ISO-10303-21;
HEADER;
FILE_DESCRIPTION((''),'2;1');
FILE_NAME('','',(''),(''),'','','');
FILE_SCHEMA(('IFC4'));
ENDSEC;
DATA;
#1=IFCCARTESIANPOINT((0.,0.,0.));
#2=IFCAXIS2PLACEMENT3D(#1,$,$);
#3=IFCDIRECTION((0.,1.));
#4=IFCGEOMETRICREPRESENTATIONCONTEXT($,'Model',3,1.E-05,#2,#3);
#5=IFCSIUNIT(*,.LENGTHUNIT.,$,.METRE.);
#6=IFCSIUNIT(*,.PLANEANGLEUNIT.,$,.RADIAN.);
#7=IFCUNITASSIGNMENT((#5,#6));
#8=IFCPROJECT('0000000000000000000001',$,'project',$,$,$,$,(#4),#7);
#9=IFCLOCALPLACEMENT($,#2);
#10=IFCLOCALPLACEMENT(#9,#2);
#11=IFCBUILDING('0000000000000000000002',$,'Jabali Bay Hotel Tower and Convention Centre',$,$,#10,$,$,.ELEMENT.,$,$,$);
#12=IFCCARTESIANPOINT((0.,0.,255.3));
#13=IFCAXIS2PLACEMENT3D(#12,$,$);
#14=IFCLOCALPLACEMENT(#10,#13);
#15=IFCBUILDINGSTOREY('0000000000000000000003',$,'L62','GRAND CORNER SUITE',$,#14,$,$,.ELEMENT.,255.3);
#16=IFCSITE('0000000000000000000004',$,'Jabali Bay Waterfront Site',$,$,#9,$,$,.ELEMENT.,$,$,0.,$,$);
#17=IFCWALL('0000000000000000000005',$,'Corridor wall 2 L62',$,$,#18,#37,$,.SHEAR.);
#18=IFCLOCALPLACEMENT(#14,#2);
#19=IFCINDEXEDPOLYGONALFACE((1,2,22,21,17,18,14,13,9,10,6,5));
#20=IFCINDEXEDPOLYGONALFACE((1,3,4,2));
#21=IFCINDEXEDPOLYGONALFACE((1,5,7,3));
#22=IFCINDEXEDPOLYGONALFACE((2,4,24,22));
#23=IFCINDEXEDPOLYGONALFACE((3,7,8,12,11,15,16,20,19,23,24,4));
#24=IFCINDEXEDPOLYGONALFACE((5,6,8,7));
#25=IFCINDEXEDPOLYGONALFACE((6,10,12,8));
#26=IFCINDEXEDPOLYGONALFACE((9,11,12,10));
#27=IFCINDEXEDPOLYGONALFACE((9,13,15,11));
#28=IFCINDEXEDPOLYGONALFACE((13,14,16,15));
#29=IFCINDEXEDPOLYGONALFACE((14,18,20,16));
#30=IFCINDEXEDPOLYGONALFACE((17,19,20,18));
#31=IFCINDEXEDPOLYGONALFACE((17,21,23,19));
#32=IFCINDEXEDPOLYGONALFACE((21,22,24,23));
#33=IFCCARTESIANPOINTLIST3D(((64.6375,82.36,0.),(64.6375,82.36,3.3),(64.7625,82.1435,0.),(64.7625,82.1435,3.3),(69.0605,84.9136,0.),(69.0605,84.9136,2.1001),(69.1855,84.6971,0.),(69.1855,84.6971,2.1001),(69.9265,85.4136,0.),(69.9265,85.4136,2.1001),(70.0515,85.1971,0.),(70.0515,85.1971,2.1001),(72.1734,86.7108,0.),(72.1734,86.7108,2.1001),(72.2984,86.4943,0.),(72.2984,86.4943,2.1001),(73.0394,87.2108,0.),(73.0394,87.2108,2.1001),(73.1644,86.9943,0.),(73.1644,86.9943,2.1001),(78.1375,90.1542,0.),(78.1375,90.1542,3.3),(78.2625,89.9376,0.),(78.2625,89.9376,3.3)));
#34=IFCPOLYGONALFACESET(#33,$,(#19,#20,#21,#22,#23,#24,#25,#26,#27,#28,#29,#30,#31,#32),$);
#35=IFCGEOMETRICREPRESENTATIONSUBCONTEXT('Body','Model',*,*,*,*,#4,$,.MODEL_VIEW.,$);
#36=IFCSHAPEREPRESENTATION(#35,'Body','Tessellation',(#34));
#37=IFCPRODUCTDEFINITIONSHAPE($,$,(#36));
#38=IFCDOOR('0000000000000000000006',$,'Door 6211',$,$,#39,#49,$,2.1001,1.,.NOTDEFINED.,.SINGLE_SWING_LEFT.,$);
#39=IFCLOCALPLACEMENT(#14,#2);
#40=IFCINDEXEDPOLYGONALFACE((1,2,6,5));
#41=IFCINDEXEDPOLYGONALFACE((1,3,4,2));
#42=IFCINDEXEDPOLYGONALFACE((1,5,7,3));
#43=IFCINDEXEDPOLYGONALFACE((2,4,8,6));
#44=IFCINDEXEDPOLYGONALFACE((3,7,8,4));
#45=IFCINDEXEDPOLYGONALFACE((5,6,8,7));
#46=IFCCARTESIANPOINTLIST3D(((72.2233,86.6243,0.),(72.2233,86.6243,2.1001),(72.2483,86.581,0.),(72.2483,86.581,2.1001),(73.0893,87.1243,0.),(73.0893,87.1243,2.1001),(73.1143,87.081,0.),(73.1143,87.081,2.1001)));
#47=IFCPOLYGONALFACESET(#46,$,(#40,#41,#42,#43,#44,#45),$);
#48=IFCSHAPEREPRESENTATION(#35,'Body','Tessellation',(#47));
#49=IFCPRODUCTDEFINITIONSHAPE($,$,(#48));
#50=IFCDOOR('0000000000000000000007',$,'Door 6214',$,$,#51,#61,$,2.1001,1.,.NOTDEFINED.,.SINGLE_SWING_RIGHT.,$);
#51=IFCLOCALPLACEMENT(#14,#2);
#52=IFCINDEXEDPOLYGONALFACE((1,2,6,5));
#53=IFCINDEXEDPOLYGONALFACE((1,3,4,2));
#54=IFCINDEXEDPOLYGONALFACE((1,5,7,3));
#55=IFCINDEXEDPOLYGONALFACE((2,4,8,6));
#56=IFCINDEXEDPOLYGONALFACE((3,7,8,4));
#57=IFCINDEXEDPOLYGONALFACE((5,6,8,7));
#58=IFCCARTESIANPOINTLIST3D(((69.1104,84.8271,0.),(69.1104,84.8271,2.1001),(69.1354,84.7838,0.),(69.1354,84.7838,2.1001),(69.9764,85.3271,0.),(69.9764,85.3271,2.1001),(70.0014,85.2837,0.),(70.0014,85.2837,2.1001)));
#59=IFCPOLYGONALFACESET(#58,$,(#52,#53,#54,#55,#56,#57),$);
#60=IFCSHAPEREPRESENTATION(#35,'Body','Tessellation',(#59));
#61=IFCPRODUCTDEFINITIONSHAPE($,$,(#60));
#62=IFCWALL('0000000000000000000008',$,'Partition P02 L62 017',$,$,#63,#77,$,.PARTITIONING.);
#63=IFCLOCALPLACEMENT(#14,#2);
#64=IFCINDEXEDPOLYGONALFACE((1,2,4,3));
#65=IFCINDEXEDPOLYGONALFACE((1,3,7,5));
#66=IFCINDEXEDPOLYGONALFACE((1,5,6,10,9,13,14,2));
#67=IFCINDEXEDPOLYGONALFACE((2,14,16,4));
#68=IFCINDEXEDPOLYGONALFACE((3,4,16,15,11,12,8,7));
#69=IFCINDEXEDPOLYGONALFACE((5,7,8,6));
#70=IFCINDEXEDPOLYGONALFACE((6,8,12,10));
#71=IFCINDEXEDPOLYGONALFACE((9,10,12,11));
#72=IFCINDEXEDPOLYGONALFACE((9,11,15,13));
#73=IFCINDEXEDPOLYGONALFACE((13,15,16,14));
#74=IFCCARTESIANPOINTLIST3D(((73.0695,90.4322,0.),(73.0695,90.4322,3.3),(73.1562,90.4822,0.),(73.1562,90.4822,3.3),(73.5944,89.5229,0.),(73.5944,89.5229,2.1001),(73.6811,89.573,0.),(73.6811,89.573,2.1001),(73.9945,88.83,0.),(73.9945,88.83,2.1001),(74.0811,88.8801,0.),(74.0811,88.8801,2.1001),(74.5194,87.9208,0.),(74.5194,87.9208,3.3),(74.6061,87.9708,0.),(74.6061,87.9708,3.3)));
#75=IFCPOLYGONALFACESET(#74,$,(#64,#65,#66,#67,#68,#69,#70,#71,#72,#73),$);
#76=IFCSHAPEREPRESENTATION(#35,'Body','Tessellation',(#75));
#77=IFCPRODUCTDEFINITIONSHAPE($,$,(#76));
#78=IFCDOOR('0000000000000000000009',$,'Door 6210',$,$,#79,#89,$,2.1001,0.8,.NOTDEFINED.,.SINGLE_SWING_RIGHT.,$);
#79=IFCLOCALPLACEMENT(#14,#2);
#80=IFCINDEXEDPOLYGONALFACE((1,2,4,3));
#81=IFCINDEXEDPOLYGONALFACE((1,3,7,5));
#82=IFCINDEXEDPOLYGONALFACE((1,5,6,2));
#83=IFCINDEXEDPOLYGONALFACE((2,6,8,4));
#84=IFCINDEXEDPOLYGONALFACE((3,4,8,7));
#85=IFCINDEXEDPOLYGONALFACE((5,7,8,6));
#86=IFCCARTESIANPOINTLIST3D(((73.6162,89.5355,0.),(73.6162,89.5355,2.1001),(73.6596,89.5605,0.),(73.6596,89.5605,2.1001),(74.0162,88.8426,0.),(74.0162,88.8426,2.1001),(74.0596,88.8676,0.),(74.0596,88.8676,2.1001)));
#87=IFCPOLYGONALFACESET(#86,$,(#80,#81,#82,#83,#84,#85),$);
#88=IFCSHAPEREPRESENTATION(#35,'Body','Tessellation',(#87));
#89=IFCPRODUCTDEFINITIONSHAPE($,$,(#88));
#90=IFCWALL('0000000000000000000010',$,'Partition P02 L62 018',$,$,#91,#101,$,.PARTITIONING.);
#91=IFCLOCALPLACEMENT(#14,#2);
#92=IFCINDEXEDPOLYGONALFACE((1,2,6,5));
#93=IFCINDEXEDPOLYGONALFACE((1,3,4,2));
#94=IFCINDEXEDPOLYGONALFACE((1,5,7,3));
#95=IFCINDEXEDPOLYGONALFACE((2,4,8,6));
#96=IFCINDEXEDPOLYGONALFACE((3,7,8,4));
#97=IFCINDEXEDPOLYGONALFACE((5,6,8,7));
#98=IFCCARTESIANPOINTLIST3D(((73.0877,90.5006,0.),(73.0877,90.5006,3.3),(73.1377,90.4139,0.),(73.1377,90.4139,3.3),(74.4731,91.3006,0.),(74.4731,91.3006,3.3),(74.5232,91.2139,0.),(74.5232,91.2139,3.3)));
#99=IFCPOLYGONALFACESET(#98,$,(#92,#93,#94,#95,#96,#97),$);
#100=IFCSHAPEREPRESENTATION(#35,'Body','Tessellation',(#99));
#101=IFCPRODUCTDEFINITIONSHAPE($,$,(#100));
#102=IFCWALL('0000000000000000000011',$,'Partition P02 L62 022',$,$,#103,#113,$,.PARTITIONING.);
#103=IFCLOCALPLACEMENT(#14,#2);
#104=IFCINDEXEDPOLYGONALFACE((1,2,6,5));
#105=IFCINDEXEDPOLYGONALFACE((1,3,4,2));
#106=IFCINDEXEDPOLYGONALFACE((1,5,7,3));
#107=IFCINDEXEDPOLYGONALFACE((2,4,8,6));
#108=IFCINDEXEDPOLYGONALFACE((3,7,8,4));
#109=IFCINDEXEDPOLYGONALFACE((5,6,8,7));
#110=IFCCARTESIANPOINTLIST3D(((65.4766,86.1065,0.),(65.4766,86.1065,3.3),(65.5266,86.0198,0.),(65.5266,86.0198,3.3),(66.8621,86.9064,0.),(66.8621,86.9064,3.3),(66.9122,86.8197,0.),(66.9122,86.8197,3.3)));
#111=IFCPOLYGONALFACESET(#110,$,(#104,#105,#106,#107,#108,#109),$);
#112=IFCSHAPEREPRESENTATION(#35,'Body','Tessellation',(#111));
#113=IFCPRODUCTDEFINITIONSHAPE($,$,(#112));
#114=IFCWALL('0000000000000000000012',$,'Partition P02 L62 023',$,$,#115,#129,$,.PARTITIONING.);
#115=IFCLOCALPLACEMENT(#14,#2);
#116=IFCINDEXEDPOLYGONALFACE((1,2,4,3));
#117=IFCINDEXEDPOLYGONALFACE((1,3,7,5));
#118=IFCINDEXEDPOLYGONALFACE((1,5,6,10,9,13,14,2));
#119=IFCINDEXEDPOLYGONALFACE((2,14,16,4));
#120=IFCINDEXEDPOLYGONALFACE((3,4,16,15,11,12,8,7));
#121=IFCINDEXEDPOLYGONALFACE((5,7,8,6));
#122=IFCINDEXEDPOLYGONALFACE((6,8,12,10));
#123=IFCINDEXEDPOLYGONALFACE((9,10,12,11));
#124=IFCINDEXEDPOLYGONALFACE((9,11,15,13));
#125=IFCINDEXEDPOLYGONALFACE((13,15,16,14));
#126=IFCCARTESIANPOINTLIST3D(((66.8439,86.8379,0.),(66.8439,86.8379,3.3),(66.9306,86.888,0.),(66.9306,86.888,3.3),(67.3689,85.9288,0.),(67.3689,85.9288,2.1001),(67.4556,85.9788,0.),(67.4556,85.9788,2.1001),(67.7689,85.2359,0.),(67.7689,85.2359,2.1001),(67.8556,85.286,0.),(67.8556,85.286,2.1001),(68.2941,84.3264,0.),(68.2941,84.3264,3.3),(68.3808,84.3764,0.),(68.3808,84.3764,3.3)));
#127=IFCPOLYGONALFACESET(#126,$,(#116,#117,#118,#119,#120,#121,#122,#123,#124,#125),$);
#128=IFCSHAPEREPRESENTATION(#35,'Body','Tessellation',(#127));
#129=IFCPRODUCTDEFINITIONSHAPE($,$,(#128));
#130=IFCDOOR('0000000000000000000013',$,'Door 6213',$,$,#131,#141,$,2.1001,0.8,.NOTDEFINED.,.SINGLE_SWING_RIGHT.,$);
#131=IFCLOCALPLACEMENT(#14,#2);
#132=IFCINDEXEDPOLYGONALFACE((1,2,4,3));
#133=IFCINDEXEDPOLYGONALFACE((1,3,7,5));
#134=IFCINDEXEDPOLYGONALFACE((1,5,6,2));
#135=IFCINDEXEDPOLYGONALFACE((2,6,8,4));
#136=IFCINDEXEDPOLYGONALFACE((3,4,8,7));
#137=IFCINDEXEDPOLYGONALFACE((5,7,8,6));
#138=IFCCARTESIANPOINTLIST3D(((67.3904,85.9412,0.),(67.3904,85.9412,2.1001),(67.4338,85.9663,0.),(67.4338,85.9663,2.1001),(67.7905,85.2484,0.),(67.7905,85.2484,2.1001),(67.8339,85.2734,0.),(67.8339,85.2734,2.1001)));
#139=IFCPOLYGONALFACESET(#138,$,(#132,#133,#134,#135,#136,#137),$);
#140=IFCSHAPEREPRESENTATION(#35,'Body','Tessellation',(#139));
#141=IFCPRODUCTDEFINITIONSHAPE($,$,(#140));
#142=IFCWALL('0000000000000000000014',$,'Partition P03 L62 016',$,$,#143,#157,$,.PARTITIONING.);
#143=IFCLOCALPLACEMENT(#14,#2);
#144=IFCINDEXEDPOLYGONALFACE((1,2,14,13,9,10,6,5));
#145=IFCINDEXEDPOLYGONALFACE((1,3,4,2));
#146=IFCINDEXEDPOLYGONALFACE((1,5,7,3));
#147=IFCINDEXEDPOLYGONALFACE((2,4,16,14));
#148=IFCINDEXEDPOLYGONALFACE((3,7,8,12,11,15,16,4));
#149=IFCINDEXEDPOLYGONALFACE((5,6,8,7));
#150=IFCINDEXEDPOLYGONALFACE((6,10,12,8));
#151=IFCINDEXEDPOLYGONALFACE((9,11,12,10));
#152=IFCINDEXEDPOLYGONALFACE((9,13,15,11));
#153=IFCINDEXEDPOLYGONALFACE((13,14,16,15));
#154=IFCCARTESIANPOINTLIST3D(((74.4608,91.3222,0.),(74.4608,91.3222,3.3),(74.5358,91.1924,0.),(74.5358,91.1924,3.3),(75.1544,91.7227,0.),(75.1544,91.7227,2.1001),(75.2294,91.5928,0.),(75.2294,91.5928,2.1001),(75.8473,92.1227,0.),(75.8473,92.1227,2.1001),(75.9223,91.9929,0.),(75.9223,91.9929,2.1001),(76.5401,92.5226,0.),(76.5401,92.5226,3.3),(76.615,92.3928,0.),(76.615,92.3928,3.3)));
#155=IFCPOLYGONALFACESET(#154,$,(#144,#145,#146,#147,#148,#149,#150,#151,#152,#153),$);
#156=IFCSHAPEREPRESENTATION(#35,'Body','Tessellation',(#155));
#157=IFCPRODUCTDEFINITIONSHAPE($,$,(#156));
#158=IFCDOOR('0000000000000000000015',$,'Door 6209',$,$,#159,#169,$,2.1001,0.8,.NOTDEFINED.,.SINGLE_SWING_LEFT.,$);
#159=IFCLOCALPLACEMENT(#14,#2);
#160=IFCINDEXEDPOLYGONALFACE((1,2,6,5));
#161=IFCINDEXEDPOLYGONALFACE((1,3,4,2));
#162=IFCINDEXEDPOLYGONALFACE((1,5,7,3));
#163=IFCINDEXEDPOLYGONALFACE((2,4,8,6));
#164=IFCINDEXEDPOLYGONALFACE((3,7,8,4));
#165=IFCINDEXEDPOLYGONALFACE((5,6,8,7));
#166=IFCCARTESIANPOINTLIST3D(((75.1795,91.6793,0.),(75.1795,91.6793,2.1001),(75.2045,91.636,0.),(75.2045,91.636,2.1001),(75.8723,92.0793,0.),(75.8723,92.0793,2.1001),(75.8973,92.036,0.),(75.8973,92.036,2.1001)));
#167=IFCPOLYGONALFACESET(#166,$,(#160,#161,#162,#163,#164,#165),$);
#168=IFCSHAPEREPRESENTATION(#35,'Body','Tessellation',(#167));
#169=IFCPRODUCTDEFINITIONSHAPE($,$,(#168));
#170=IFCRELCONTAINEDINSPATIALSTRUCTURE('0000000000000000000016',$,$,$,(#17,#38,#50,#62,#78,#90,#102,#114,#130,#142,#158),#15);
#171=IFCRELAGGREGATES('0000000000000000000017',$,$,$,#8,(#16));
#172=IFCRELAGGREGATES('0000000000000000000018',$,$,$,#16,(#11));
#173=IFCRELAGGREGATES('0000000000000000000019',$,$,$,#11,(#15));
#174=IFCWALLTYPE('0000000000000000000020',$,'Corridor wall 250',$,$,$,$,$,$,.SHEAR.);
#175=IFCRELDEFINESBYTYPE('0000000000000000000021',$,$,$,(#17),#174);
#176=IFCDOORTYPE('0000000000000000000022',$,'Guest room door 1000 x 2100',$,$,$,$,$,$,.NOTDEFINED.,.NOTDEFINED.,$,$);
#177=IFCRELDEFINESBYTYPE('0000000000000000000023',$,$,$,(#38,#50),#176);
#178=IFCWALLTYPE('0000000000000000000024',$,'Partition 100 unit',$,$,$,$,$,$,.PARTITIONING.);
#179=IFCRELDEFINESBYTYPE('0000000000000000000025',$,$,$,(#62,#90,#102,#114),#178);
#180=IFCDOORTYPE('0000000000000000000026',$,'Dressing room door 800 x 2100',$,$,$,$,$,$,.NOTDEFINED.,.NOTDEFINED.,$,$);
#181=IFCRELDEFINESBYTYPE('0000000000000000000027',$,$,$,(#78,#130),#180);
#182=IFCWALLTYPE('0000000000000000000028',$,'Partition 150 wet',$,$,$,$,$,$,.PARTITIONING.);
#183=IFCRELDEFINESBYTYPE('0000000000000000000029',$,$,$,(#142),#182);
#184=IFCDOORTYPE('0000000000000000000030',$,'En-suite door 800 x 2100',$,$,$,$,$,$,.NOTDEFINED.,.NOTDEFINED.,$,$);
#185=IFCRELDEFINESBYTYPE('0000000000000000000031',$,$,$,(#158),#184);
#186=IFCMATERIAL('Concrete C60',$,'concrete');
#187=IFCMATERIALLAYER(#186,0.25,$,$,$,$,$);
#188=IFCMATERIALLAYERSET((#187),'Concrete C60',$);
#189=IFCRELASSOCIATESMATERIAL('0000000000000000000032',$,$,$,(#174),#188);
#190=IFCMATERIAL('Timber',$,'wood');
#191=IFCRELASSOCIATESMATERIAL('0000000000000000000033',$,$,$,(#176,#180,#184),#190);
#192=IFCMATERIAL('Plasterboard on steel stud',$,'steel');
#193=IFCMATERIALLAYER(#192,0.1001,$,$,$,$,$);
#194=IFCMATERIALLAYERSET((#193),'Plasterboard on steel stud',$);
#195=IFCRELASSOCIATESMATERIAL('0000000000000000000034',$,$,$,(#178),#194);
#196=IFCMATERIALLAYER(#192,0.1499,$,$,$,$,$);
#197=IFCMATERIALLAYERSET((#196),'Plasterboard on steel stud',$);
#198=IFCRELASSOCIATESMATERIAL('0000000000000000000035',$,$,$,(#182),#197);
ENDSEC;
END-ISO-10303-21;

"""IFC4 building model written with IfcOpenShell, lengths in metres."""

from ifc_helpers import new_model, si_unit, direction, frame, frame_2d, origin, place, context, subcontext, project, spatial, rectangle, extrude, material, layer, layer_set, type_object, element, fill, save


model = new_model("IFC4")

# Units and contexts
model_context = context("Model", 3, precision=1e-05, world=origin(), true_north=direction((0.0, 1.0)))
body_context = subcontext(model_context, "Body", "Model", "MODEL_VIEW")
ifc_project = project(units=[si_unit("LENGTHUNIT", "METRE"), si_unit("PLANEANGLEUNIT", "RADIAN")], contexts=[model_context])

# Site, building, storey
site_placement = place(None, origin())
site = spatial("IfcSite", under=ifc_project, at=site_placement, Name="Jabali Bay Waterfront Site", CompositionType="ELEMENT", RefElevation=0.0)
building_placement = place(site_placement, origin())
building = spatial("IfcBuilding", under=site, at=building_placement, Name="Jabali Bay Hotel Tower and Convention Centre", CompositionType="ELEMENT")
storey_placement = place(building_placement, frame((0.0, 0.0, 255.3)))
storey = spatial("IfcBuildingStorey", under=building, at=storey_placement, Name="L62", Description="GRAND CORNER SUITE", CompositionType="ELEMENT", Elevation=255.3)

# Shared definitions
ifc_material_1 = material(Name="Concrete C60", Category="concrete")

# Wall, openings, doors
ifc_layer_1 = layer(ifc_material_1, 0.25)
ifc_layer_set_1 = layer_set([ifc_layer_1], Name="Concrete C60")
wall_type_1 = type_object("IfcWallType", Name="Corridor wall 250", PredefinedType="SHEAR", material=ifc_layer_set_1)
wall_1_placement = place(storey_placement, frame((78.2, 90.0459, 0.0), z_axis=(0.0, 0.0, 1.0), x_axis=(-0.866026, -0.499998, 0.0)))
wall_1 = element("IfcWall", 1, at=wall_1_placement, inside=storey, type_object=wall_type_1, Name="Corridor wall 2 L62", PredefinedType="SHEAR", context=body_context, shape_type="SweptSolid", body=[
    extrude(rectangle(XDim=15.5884, YDim=0.25, at=frame_2d((7.7942, 0.0))), origin(), (0.0, 0.0, 1.0), 3.3),
])
opening_1_placement = place(wall_1_placement, frame((5.8867, 0.0, 0.0)))
opening_1 = element("IfcOpeningElement", 2, at=opening_1_placement, cuts=wall_1, PredefinedType="OPENING", context=body_context, shape_type="SweptSolid", body=[
    extrude(rectangle(XDim=1.0, YDim=2.1001, at=frame_2d((0.5, 1.05))), frame((0.0, 0.1355, 0.0), z_axis=(0.0, -1.0, 0.0), x_axis=(1.0, 0.0, 0.0)), (0.0, 0.0, 1.0), 0.271),
])
opening_2_placement = place(wall_1_placement, frame((9.4812, 0.0, 0.0)))
opening_2 = element("IfcOpeningElement", 3, at=opening_2_placement, cuts=wall_1, PredefinedType="OPENING", context=body_context, shape_type="SweptSolid", body=[
    extrude(rectangle(XDim=1.0, YDim=2.1001, at=frame_2d((0.5, 1.05))), frame((0.0, 0.1355, 0.0), z_axis=(0.0, -1.0, 0.0), x_axis=(1.0, 0.0, 0.0)), (0.0, 0.0, 1.0), 0.271),
])
ifc_material_2 = material(Name="Timber", Category="wood")
door_type_1 = type_object("IfcDoorType", Name="Guest room door 1000 x 2100", OperationType="NOTDEFINED", PredefinedType="NOTDEFINED", material=ifc_material_2)
door_1_placement = place(opening_1_placement, origin())
door_1 = element("IfcDoor", 4, at=door_1_placement, inside=storey, type_object=door_type_1, Name="Door 6211", OperationType="SINGLE_SWING_LEFT", OverallHeight=2.1001, OverallWidth=1.0, PredefinedType="NOTDEFINED", context=body_context, shape_type="SweptSolid", body=[
    extrude(rectangle(XDim=1.0, YDim=2.1001, at=frame_2d((0.5, 1.05))), frame((0.0, 0.0249, 0.0), z_axis=(0.0, -1.0, 0.0), x_axis=(1.0, 0.0, 0.0)), (0.0, 0.0, 1.0), 0.05),
])
fill(opening_1, door_1)
door_2_placement = place(opening_2_placement, origin())
door_2 = element("IfcDoor", 5, at=door_2_placement, inside=storey, type_object=door_type_1, Name="Door 6214", OperationType="SINGLE_SWING_RIGHT", OverallHeight=2.1001, OverallWidth=1.0, PredefinedType="NOTDEFINED", context=body_context, shape_type="SweptSolid", body=[
    extrude(rectangle(XDim=1.0, YDim=2.1001, at=frame_2d((0.5, 1.05))), frame((0.0, 0.0249, 0.0), z_axis=(0.0, -1.0, 0.0), x_axis=(1.0, 0.0, 0.0)), (0.0, 0.0, 1.0), 0.05),
])
fill(opening_2, door_2)

# Wall, opening, door
ifc_material_3 = material(Name="Plasterboard on steel stud", Category="steel")
ifc_layer_2 = layer(ifc_material_3, 0.1001)
ifc_layer_set_2 = layer_set([ifc_layer_2], Name="Plasterboard on steel stud")
wall_type_2 = type_object("IfcWallType", Name="Partition 100 unit", PredefinedType="PARTITIONING", material=ifc_layer_set_2)
wall_2_placement = place(storey_placement, frame((74.5627, 87.9458, 0.0), z_axis=(0.0, 0.0, 1.0), x_axis=(-0.499987, 0.866033, 0.0)))
wall_2 = element("IfcWall", 6, at=wall_2_placement, inside=storey, type_object=wall_type_2, Name="Partition P02 L62 017", PredefinedType="PARTITIONING", context=body_context, shape_type="SweptSolid", body=[
    extrude(rectangle(XDim=2.8999, YDim=0.1001, at=frame_2d((1.45, 0.0))), origin(), (0.0, 0.0, 1.0), 3.3),
])
opening_3_placement = place(wall_2_placement, frame((1.05, 0.0, 0.0)))
opening_3 = element("IfcOpeningElement", 7, at=opening_3_placement, cuts=wall_2, PredefinedType="OPENING", context=body_context, shape_type="SweptSolid", body=[
    extrude(rectangle(XDim=0.8, YDim=2.1001, at=frame_2d((0.3999, 1.05))), frame((0.0, 0.0605, 0.0), z_axis=(0.0, -1.0, 0.0), x_axis=(1.0, 0.0, 0.0)), (0.0, 0.0, 1.0), 0.1211),
])
door_type_2 = type_object("IfcDoorType", Name="Dressing room door 800 x 2100", OperationType="NOTDEFINED", PredefinedType="NOTDEFINED", material=ifc_material_2)
door_3_placement = place(opening_3_placement, origin())
door_3 = element("IfcDoor", 8, at=door_3_placement, inside=storey, type_object=door_type_2, Name="Door 6210", OperationType="SINGLE_SWING_RIGHT", OverallHeight=2.1001, OverallWidth=0.8, PredefinedType="NOTDEFINED", context=body_context, shape_type="SweptSolid", body=[
    extrude(rectangle(XDim=0.8, YDim=2.1001, at=frame_2d((0.3999, 1.05))), frame((0.0, 0.0249, 0.0), z_axis=(0.0, -1.0, 0.0), x_axis=(1.0, 0.0, 0.0)), (0.0, 0.0, 1.0), 0.05),
])
fill(opening_3, door_3)

# Walls
for number, where, z_axis, x_axis, name in (
    (9, (73.1128, 90.4573, 0.0), (0.0, 0.0, 1.0), (0.86599, 0.500061, 0.0), "Partition P02 L62 018"),
    (10, (65.5017, 86.0632, 0.0), (0.0, 0.0, 1.0), (0.866056, 0.499947, 0.0), "Partition P02 L62 022"),
):
    element("IfcWall", number, at=place(storey_placement, frame(where, z_axis=z_axis, x_axis=x_axis)), inside=storey, type_object=wall_type_2, Name=name, PredefinedType="PARTITIONING", context=body_context, shape_type="SweptSolid", body=[
        extrude(rectangle(XDim=1.5999, YDim=0.1001, at=frame_2d((0.7998, 0.0))), origin(), (0.0, 0.0, 1.0), 3.3),
    ])

# Walls, openings, doors
wall_3_placement = place(storey_placement, frame((66.8872, 86.863, 0.0), z_axis=(0.0, 0.0, 1.0), x_axis=(0.50005, -0.865996, 0.0)))
wall_3 = element("IfcWall", 11, at=wall_3_placement, inside=storey, type_object=wall_type_2, Name="Partition P02 L62 023", PredefinedType="PARTITIONING", context=body_context, shape_type="SweptSolid", body=[
    extrude(rectangle(XDim=2.9001, YDim=0.1001, at=frame_2d((1.4502, 0.0))), origin(), (0.0, 0.0, 1.0), 3.3),
])
opening_4_placement = place(wall_3_placement, frame((1.05, 0.0, 0.0)))
opening_4 = element("IfcOpeningElement", 12, at=opening_4_placement, cuts=wall_3, PredefinedType="OPENING", context=body_context, shape_type="SweptSolid", body=[
    extrude(rectangle(XDim=0.8, YDim=2.1001, at=frame_2d((0.3999, 1.05))), frame((0.0, 0.0605, 0.0), z_axis=(0.0, -1.0, 0.0), x_axis=(1.0, 0.0, 0.0)), (0.0, 0.0, 1.0), 0.1211),
])
door_4_placement = place(opening_4_placement, origin())
door_4 = element("IfcDoor", 13, at=door_4_placement, inside=storey, type_object=door_type_2, Name="Door 6213", OperationType="SINGLE_SWING_RIGHT", OverallHeight=2.1001, OverallWidth=0.8, PredefinedType="NOTDEFINED", context=body_context, shape_type="SweptSolid", body=[
    extrude(rectangle(XDim=0.8, YDim=2.1001, at=frame_2d((0.3999, 1.05))), frame((0.0, 0.0249, 0.0), z_axis=(0.0, -1.0, 0.0), x_axis=(1.0, 0.0, 0.0)), (0.0, 0.0, 1.0), 0.05),
])
fill(opening_4, door_4)
ifc_layer_3 = layer(ifc_material_3, 0.1499)
ifc_layer_set_3 = layer_set([ifc_layer_3], Name="Plasterboard on steel stud")
wall_type_3 = type_object("IfcWallType", Name="Partition 150 wet", PredefinedType="PARTITIONING", material=ifc_layer_set_3)
wall_4_placement = place(storey_placement, frame((74.4983, 91.2573, 0.0), z_axis=(0.0, 0.0, 1.0), x_axis=(0.866038, 0.499978, 0.0)))
wall_4 = element("IfcWall", 14, at=wall_4_placement, inside=storey, type_object=wall_type_3, Name="Partition P03 L62 016", PredefinedType="PARTITIONING", context=body_context, shape_type="SweptSolid", body=[
    extrude(rectangle(XDim=2.4009, YDim=0.1499, at=frame_2d((1.2004, 0.0))), origin(), (0.0, 0.0, 1.0), 3.3),
])
opening_5_placement = place(wall_4_placement, frame((0.801, 0.0, 0.0)))
opening_5 = element("IfcOpeningElement", 15, at=opening_5_placement, cuts=wall_4, PredefinedType="OPENING", context=body_context, shape_type="SweptSolid", body=[
    extrude(rectangle(XDim=0.8, YDim=2.1001, at=frame_2d((0.3999, 1.05))), frame((0.0, 0.0854, 0.0), z_axis=(0.0, -1.0, 0.0), x_axis=(1.0, 0.0, 0.0)), (0.0, 0.0, 1.0), 0.1709),
])
door_type_3 = type_object("IfcDoorType", Name="En-suite door 800 x 2100", OperationType="NOTDEFINED", PredefinedType="NOTDEFINED", material=ifc_material_2)
door_5_placement = place(opening_5_placement, origin())
door_5 = element("IfcDoor", 16, at=door_5_placement, inside=storey, type_object=door_type_3, Name="Door 6209", OperationType="SINGLE_SWING_LEFT", OverallHeight=2.1001, OverallWidth=0.8, PredefinedType="NOTDEFINED", context=body_context, shape_type="SweptSolid", body=[
    extrude(rectangle(XDim=0.8, YDim=2.1001, at=frame_2d((0.3999, 1.05))), frame((0.0, 0.0249, 0.0), z_axis=(0.0, -1.0, 0.0), x_axis=(1.0, 0.0, 0.0)), (0.0, 0.0, 1.0), 0.05),
])
fill(opening_5, door_5)

save(model, "model.ifc")
